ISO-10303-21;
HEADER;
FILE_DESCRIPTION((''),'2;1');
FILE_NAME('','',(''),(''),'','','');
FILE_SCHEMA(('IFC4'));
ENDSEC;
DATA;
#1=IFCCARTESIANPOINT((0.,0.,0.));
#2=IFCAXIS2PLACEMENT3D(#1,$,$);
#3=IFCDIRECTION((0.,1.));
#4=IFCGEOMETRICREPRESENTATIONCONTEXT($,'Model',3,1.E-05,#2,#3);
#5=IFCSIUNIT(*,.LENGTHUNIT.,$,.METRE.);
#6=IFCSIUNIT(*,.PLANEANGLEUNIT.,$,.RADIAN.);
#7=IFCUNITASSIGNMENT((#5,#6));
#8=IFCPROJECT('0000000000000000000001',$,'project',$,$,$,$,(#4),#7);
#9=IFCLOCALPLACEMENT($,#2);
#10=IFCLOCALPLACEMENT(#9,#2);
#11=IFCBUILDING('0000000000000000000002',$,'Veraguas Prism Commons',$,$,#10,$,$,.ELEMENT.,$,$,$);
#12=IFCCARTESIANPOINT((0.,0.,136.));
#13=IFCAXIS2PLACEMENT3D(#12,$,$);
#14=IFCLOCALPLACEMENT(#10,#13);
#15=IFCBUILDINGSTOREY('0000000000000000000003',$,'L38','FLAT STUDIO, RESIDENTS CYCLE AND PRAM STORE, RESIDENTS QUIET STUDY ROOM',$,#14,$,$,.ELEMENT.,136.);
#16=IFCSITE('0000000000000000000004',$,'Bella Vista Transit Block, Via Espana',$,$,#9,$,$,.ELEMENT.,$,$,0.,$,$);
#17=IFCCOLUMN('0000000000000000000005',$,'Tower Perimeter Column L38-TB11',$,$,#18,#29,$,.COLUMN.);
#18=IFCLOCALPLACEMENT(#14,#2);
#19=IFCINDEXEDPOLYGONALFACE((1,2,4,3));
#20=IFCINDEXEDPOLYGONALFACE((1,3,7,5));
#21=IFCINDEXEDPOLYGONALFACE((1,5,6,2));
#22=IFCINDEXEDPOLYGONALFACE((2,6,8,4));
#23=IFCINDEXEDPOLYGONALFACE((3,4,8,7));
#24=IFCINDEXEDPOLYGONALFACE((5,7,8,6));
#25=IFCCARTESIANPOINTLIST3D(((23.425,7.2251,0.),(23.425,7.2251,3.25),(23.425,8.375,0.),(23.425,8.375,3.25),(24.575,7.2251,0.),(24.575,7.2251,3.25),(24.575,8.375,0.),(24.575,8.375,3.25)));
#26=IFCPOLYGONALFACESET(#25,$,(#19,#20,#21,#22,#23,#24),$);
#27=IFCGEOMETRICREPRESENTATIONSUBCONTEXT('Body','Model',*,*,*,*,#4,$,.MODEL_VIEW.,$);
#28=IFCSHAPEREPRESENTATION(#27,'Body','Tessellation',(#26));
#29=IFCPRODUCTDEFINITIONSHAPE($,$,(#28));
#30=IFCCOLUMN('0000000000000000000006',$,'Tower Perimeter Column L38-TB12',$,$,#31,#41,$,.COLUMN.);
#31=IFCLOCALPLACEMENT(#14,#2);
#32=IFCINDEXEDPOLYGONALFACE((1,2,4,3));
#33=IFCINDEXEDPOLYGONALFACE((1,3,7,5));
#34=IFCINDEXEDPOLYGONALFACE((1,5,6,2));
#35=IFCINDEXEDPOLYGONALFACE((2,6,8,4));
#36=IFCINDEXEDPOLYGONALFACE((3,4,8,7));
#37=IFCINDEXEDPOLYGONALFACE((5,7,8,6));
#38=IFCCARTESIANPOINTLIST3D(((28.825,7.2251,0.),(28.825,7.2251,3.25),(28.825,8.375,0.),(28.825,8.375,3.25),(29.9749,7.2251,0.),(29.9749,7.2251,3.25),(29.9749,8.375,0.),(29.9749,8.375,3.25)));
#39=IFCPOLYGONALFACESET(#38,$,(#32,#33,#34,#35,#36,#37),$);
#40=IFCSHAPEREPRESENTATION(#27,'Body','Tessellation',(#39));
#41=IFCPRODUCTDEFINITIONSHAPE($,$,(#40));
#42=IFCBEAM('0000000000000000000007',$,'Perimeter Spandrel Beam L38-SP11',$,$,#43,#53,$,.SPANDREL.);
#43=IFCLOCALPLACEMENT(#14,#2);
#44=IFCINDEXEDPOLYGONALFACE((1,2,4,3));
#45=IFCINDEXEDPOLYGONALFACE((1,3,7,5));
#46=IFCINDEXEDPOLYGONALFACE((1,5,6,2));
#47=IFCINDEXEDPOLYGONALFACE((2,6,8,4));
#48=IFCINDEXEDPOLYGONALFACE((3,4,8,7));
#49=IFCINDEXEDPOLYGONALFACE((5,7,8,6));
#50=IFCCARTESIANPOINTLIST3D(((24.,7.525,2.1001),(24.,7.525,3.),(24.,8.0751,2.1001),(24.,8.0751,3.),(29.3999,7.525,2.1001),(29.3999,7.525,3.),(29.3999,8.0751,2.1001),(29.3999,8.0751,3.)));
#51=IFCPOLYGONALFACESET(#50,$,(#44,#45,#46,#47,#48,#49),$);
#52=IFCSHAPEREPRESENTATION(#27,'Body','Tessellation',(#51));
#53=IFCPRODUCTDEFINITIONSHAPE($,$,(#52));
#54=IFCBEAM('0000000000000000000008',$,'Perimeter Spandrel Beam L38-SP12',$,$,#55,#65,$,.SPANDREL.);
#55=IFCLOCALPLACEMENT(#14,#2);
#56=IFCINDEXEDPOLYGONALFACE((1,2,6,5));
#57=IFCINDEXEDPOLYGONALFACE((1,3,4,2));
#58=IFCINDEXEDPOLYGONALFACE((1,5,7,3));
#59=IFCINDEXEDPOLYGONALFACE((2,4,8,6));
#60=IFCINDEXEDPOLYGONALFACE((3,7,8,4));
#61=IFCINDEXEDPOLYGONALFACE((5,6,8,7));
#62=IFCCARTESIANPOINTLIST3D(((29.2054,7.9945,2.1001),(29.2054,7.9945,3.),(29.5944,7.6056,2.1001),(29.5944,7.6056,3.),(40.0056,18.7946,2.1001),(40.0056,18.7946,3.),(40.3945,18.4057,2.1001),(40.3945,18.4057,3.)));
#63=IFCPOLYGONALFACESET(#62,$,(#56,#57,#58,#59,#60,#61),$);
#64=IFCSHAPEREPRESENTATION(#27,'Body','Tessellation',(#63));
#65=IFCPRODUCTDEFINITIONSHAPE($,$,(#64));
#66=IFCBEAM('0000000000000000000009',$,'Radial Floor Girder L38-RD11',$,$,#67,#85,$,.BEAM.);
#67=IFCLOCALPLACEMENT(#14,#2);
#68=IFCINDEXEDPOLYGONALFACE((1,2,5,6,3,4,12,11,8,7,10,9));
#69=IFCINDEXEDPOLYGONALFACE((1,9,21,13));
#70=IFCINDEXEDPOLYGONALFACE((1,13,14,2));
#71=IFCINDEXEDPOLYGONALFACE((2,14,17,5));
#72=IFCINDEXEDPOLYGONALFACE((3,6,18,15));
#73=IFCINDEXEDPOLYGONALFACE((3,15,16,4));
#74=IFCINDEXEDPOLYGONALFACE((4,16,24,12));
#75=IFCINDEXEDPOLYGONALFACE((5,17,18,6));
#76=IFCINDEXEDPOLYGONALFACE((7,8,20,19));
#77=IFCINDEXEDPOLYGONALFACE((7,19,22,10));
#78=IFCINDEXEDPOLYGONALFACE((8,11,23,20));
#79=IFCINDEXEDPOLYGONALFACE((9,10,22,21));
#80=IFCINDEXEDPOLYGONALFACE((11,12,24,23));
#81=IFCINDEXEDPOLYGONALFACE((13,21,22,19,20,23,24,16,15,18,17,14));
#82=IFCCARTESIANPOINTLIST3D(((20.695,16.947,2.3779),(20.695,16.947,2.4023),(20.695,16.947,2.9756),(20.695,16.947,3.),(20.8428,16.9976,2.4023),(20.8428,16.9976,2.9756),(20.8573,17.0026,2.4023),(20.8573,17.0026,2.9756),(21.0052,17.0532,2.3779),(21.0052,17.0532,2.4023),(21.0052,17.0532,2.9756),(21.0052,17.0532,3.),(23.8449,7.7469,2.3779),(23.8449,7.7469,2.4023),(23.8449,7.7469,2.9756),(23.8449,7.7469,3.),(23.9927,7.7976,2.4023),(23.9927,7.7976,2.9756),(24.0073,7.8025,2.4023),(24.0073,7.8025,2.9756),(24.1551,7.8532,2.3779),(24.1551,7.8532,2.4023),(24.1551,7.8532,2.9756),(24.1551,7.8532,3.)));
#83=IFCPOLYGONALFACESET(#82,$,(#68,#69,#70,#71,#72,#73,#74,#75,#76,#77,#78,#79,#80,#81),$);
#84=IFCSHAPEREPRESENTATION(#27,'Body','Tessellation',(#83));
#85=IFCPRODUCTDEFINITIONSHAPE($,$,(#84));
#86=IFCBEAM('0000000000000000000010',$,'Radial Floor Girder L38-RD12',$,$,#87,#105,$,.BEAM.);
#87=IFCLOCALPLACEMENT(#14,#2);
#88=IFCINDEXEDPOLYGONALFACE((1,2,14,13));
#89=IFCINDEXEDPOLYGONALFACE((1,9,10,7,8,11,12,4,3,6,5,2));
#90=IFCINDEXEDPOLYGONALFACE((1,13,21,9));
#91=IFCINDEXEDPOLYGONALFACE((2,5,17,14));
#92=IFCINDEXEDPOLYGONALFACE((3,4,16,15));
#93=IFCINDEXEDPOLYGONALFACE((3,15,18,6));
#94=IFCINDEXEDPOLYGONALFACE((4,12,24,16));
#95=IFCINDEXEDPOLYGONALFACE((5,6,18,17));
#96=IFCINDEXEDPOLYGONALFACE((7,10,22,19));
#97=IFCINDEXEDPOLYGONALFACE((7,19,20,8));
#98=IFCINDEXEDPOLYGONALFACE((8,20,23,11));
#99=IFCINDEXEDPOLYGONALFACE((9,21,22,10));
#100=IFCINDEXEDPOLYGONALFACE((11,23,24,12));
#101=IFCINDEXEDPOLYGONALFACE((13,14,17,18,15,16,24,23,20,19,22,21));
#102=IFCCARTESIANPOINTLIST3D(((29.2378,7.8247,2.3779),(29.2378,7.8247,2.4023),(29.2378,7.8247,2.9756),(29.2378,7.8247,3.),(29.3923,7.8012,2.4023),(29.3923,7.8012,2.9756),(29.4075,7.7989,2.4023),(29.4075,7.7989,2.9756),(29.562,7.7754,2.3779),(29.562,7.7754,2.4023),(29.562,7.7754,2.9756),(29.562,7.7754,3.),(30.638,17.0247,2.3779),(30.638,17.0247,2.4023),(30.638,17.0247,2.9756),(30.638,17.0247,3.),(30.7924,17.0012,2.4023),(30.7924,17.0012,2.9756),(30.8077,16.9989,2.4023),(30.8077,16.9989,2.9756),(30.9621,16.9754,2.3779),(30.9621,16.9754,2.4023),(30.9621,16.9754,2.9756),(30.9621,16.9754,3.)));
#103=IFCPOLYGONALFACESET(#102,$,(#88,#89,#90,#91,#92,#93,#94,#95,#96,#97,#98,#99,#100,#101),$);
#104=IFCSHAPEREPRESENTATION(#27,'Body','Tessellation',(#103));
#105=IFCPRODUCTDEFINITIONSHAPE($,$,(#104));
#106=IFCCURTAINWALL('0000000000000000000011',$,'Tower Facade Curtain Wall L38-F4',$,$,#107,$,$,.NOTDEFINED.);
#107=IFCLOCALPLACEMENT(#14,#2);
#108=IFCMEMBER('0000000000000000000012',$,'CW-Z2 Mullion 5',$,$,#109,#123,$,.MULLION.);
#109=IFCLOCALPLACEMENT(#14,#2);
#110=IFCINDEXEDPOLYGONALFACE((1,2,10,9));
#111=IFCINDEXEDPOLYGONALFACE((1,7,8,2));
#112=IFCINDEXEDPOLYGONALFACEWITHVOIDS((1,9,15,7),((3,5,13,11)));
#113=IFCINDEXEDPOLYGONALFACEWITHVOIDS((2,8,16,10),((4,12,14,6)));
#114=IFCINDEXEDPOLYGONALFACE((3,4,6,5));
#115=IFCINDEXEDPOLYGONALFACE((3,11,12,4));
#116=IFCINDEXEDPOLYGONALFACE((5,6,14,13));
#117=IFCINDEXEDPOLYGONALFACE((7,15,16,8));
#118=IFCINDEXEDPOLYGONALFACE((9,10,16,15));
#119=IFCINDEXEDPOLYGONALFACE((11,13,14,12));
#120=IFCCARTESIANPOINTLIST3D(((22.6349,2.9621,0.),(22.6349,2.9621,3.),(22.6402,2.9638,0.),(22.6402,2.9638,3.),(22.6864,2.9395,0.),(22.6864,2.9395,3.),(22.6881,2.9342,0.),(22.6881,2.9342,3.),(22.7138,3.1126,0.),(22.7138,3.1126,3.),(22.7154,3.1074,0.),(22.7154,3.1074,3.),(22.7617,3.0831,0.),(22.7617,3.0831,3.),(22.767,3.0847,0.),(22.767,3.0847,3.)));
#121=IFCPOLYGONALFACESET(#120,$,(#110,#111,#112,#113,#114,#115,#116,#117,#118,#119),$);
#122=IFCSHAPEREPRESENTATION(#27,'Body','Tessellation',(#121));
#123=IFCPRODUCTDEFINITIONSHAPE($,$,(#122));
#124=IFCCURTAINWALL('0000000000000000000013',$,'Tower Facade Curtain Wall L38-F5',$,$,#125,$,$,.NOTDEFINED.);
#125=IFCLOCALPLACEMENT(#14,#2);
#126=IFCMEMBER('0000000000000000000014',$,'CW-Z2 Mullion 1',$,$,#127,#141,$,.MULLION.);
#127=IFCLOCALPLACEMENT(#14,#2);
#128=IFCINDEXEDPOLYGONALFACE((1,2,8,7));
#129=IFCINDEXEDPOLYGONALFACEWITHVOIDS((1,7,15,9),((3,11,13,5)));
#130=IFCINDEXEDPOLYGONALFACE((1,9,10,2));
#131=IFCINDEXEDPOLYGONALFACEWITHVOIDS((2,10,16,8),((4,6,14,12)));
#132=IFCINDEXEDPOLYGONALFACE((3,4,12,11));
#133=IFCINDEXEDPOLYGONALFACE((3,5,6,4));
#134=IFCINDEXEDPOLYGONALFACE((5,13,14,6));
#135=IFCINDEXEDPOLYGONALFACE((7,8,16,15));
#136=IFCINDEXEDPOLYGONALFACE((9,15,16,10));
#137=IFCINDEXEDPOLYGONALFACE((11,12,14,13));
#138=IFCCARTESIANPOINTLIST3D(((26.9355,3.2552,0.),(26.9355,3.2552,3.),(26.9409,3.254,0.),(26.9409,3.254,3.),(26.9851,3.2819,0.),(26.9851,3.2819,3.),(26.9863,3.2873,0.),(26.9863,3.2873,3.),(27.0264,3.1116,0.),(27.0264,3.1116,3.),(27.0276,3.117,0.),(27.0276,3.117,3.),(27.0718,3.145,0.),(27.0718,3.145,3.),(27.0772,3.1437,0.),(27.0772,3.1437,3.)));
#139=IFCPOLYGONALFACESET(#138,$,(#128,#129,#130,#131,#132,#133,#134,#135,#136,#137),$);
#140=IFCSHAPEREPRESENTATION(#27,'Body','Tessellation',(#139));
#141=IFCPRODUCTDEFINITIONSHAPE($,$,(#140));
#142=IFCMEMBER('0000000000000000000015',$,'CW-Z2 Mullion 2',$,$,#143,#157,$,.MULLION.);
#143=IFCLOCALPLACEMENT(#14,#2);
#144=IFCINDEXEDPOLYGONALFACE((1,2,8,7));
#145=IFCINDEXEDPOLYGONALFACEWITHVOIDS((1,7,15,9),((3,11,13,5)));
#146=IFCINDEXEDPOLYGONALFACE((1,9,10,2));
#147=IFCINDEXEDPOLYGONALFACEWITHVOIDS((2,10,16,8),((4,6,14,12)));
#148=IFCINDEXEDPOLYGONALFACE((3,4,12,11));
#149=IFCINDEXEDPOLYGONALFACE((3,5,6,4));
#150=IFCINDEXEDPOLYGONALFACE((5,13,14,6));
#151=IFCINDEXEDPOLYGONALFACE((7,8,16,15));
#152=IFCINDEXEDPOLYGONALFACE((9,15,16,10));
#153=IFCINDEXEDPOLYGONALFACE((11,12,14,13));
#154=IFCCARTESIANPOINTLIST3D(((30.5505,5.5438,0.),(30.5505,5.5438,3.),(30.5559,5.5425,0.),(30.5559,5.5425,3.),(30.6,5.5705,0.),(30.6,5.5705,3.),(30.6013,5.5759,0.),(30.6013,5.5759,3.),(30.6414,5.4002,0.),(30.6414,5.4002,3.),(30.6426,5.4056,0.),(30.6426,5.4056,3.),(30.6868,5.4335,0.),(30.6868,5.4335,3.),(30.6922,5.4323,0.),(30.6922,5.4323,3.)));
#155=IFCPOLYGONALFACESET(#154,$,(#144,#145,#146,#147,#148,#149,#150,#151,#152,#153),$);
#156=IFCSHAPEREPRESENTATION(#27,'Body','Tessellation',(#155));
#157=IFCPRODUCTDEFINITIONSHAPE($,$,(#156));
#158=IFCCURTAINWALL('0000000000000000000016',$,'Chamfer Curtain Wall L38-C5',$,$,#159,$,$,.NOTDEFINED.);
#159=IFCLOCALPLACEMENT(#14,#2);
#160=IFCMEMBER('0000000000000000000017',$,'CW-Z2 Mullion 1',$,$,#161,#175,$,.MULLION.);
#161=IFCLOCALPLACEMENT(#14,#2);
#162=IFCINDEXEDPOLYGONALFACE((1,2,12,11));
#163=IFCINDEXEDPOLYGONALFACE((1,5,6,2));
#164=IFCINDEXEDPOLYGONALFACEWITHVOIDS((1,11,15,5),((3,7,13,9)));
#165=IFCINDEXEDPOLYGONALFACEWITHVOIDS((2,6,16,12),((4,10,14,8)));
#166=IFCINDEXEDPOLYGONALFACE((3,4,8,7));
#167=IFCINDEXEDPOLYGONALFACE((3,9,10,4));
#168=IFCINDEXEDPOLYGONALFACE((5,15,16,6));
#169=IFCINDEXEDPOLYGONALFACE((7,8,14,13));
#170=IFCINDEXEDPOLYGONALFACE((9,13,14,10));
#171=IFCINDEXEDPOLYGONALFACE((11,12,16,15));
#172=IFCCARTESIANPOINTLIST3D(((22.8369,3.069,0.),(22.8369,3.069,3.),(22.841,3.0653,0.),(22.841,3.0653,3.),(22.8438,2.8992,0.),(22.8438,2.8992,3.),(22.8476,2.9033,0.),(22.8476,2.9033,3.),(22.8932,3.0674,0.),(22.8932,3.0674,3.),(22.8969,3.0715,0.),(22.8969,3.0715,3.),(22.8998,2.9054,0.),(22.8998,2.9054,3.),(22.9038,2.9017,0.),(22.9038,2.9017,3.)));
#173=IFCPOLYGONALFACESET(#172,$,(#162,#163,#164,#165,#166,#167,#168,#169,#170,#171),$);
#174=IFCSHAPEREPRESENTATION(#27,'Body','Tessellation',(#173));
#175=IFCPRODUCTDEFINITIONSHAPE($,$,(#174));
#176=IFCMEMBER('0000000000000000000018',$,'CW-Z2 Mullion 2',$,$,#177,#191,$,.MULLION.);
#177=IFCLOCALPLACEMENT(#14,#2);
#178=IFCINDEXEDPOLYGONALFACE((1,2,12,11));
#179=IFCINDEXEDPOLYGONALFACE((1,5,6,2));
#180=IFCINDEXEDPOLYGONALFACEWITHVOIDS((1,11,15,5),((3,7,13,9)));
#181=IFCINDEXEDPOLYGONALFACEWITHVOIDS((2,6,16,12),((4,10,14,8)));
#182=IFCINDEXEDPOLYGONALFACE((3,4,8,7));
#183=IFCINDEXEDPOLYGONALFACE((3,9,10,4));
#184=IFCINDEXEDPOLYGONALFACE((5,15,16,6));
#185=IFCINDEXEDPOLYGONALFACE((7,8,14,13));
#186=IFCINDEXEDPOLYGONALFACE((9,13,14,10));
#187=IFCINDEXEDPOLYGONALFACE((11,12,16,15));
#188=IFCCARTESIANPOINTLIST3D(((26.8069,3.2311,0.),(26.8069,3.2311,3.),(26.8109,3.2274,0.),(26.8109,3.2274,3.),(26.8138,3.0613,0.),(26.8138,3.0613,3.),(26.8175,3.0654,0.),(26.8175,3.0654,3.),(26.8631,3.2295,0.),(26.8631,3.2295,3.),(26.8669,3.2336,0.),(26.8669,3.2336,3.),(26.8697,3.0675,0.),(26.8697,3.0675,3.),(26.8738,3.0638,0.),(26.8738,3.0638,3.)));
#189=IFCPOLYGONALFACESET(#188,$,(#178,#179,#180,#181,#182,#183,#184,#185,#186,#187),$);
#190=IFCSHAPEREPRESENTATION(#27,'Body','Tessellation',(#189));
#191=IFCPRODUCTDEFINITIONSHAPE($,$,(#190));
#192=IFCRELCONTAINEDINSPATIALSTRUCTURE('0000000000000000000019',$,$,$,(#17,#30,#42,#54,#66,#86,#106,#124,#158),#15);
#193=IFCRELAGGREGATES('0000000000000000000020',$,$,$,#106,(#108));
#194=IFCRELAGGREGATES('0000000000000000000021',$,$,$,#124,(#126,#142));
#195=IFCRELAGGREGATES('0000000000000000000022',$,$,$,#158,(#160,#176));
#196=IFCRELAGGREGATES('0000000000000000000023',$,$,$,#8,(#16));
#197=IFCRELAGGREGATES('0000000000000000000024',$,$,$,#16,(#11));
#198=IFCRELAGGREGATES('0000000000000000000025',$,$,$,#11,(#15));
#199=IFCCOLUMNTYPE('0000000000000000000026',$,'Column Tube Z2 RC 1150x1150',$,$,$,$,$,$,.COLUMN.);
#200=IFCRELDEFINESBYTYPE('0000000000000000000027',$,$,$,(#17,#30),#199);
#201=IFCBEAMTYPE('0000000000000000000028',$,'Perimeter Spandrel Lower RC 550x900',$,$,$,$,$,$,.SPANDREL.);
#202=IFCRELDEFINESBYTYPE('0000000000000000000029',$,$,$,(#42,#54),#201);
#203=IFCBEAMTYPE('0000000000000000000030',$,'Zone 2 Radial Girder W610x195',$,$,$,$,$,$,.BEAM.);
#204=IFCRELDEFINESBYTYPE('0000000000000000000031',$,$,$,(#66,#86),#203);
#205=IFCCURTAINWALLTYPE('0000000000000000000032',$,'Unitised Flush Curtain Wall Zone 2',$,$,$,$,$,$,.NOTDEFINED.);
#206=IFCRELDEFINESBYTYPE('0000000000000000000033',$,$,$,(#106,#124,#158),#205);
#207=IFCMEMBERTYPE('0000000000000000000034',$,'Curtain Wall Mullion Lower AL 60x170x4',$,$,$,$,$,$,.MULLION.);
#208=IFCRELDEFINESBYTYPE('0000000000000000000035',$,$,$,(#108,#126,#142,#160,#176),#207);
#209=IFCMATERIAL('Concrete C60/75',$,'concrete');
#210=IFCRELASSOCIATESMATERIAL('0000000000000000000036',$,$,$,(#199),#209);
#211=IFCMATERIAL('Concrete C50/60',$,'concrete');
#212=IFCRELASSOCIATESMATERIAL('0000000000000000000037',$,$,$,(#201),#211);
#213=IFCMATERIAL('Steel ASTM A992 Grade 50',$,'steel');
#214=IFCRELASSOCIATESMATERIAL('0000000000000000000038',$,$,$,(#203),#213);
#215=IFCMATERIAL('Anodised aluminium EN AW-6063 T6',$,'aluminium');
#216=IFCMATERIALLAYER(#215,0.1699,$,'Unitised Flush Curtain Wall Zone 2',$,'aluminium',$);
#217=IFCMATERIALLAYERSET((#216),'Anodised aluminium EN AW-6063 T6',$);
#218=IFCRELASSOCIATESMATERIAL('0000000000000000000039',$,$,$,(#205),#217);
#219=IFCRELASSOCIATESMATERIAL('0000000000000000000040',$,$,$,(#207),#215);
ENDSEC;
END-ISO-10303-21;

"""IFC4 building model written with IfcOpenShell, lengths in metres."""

from ifc_helpers import new_model, si_unit, direction, frame, origin, origin_2d, place, context, subcontext, project, spatial, rectangle, hollow_rectangle, i_section, extrude, source, transform, mapped, material, layer, layer_set, material_profile, profile_set, type_object, element, aggregate, save


model = new_model("IFC4")

# Units and contexts
model_context = context("Model", 3, precision=1e-05, world=origin(), true_north=direction((0.0, 1.0)))
body_context = subcontext(model_context, "Body", "Model", "MODEL_VIEW")
ifc_project = project(units=[si_unit("LENGTHUNIT", "METRE"), si_unit("PLANEANGLEUNIT", "RADIAN")], contexts=[model_context])

# Site, building, storey
site_placement = place(None, origin())
site = spatial("IfcSite", under=ifc_project, at=site_placement, Name="Bella Vista Transit Block, Via Espana", CompositionType="ELEMENT", RefElevation=0.0)
building_placement = place(site_placement, origin())
building = spatial("IfcBuilding", under=site, at=building_placement, Name="Veraguas Prism Commons", CompositionType="ELEMENT")
storey_placement = place(building_placement, frame((0.0, 0.0, 136.0)))
storey = spatial("IfcBuildingStorey", under=building, at=storey_placement, Name="L38", Description="FLAT STUDIO, RESIDENTS CYCLE AND PRAM STORE, RESIDENTS QUIET STUDY ROOM", CompositionType="ELEMENT", Elevation=136.0)

# Columns
ifc_material_1 = material(Name="Concrete C60/75", Category="concrete")
ifc_material_profile_1 = material_profile(ifc_material_1, rectangle(XDim=1.1499, YDim=1.1499, at=origin_2d()), Name="RC1150X1150")
ifc_profile_set_1 = profile_set([ifc_material_profile_1], Name="Concrete C60/75")
column_type = type_object("IfcColumnType", Name="Column Tube Z2 RC 1150x1150", PredefinedType="COLUMN", material=ifc_profile_set_1)
for number, where, z_axis, x_axis, name in (
    (1, (24.0, 7.8, 0.0), (0.0, 0.0, 1.0), (1.0, 0.0, 0.0), "Tower Perimeter Column L38-TB11"),
    (2, (29.3999, 7.8, 0.0), (0.0, 0.0, 1.0), (1.0, 0.0, 0.0), "Tower Perimeter Column L38-TB12"),
):
    element("IfcColumn", number, at=place(storey_placement, frame(where, z_axis=z_axis, x_axis=x_axis)), inside=storey, type_object=column_type, Name=name, PredefinedType="COLUMN", context=body_context, shape_type="SweptSolid", body=[
        extrude(rectangle(XDim=1.1499, YDim=1.1499, at=origin_2d()), origin(), (0.0, 0.0, 1.0), 3.25),
    ])

# Beams
ifc_material_2 = material(Name="Concrete C50/60", Category="concrete")
ifc_material_profile_2 = material_profile(ifc_material_2, rectangle(XDim=0.55, YDim=0.8999, at=origin_2d()), Name="RC550X900")
ifc_profile_set_2 = profile_set([ifc_material_profile_2], Name="Concrete C50/60")
beam_type_1 = type_object("IfcBeamType", Name="Perimeter Spandrel Lower RC 550x900", PredefinedType="SPANDREL", material=ifc_profile_set_2)
beam_1_placement = place(storey_placement, frame((24.0, 7.8, 2.55), z_axis=(1.0, 0.0, 0.0), x_axis=(0.0, 1.0, 0.0)))
element("IfcBeam", 3, at=beam_1_placement, inside=storey, type_object=beam_type_1, Name="Perimeter Spandrel Beam L38-SP11", PredefinedType="SPANDREL", context=body_context, shape_type="SweptSolid", body=[
    extrude(rectangle(XDim=0.55, YDim=0.8999, at=origin_2d()), origin(), (0.0, 0.0, 1.0), 5.3999),
])
beam_2_placement = place(storey_placement, frame((29.3999, 7.8, 2.55), z_axis=(0.707107, 0.707107, 0.0), x_axis=(-0.707107, 0.707107, 0.0)))
element("IfcBeam", 4, at=beam_2_placement, inside=storey, type_object=beam_type_1, Name="Perimeter Spandrel Beam L38-SP12", PredefinedType="SPANDREL", context=body_context, shape_type="SweptSolid", body=[
    extrude(rectangle(XDim=0.55, YDim=0.8999, at=origin_2d()), origin(), (0.0, 0.0, 1.0), 15.2737),
])
ifc_material_3 = material(Name="Steel ASTM A992 Grade 50", Category="steel")
ifc_material_profile_3 = material_profile(ifc_material_3, i_section(OverallWidth=0.3279, OverallDepth=0.6221, WebThickness=0.0154, FlangeThickness=0.0244, at=origin_2d()), Name="W610X195")
ifc_profile_set_3 = profile_set([ifc_material_profile_3], Name="Steel ASTM A992 Grade 50")
beam_type_2 = type_object("IfcBeamType", Name="Zone 2 Radial Girder W610x195", PredefinedType="BEAM", material=ifc_profile_set_3)
beam_3_placement = place(storey_placement, frame((24.0, 7.8, 2.689), z_axis=(-0.323922, 0.946084, 0.0), x_axis=(-0.946084, -0.323922, 0.0)))
element("IfcBeam", 5, at=beam_3_placement, inside=storey, type_object=beam_type_2, Name="Radial Floor Girder L38-RD11", PredefinedType="BEAM", context=body_context, shape_type="SweptSolid", body=[
    extrude(i_section(OverallWidth=0.3279, OverallDepth=0.6221, WebThickness=0.0154, FlangeThickness=0.0244, at=origin_2d()), origin(), (0.0, 0.0, 1.0), 9.7244),
])
beam_4_placement = place(storey_placement, frame((29.3999, 7.8, 2.689), z_axis=(0.150458, 0.988616, 0.0), x_axis=(-0.988616, 0.150458, 0.0)))
element("IfcBeam", 6, at=beam_4_placement, inside=storey, type_object=beam_type_2, Name="Radial Floor Girder L38-RD12", PredefinedType="BEAM", context=body_context, shape_type="SweptSolid", body=[
    extrude(i_section(OverallWidth=0.3279, OverallDepth=0.6221, WebThickness=0.0154, FlangeThickness=0.0244, at=origin_2d()), origin(), (0.0, 0.0, 1.0), 9.3059),
])

# Curtain wall, member
ifc_material_4 = material(Name="Anodised aluminium EN AW-6063 T6", Category="aluminium")
ifc_layer_1 = layer(ifc_material_4, 0.1699, Name="Unitised Flush Curtain Wall Zone 2", Category="aluminium")
ifc_layer_set_1 = layer_set([ifc_layer_1], Name="Anodised aluminium EN AW-6063 T6")
curtain_wall_type = type_object("IfcCurtainWallType", Name="Unitised Flush Curtain Wall Zone 2", PredefinedType="NOTDEFINED", material=ifc_layer_set_1)
curtain_wall_1_placement = place(storey_placement, origin())
curtain_wall_1 = element("IfcCurtainWall", 7, at=curtain_wall_1_placement, inside=storey, type_object=curtain_wall_type, Name="Tower Facade Curtain Wall L38-F4", PredefinedType="NOTDEFINED")
ifc_material_profile_4 = material_profile(ifc_material_4, hollow_rectangle(XDim=0.0601, YDim=0.1699, WallThickness=0.0039, at=origin_2d()), Name="AL60X170X4")
ifc_profile_set_4 = profile_set([ifc_material_profile_4], Name="Anodised aluminium EN AW-6063 T6")
member_type_1 = type_object("IfcMemberType", Name="Curtain Wall Mullion Lower AL 60x170x4", PredefinedType="MULLION", material=ifc_profile_set_4)
shared_shape_1 = source(origin(), body_context, "Body", "SweptSolid", [
    extrude(hollow_rectangle(XDim=0.0601, YDim=0.1699, WallThickness=0.0039, at=origin_2d()), origin(), (0.0, 0.0, 1.0), 3.0),
])
member_1_placement = place(storey_placement, frame((22.7009, 3.0234, 0.0), z_axis=(0.0, 0.0, 1.0), x_axis=(0.885722, -0.464216, 0.0)))
member_1 = element("IfcMember", 8, at=member_1_placement, type_object=member_type_1, Name="CW-Z2 Mullion 5", PredefinedType="MULLION", context=body_context, shape_type="MappedRepresentation", body=[
    mapped(shared_shape_1, transform((0.0, 0.0, 0.0), scale=1.0)),
])
aggregate(curtain_wall_1, [member_1])

# Curtain walls, members
curtain_wall_2_placement = place(storey_placement, origin())
curtain_wall_2 = element("IfcCurtainWall", 9, at=curtain_wall_2_placement, inside=storey, type_object=curtain_wall_type, Name="Tower Facade Curtain Wall L38-F5", PredefinedType="NOTDEFINED")
member_2_placement = place(storey_placement, frame((27.0063, 3.1995, 0.0), z_axis=(0.0, 0.0, 1.0), x_axis=(0.844888, 0.534944, 0.0)))
member_2 = element("IfcMember", 10, at=member_2_placement, type_object=member_type_1, Name="CW-Z2 Mullion 1", PredefinedType="MULLION", context=body_context, shape_type="MappedRepresentation", body=[
    mapped(shared_shape_1, transform((0.0, 0.0, 0.0), scale=1.0)),
])
member_3_placement = place(storey_placement, frame((30.6213, 5.488, 0.0), z_axis=(0.0, 0.0, 1.0), x_axis=(0.844888, 0.534944, 0.0)))
member_3 = element("IfcMember", 11, at=member_3_placement, type_object=member_type_1, Name="CW-Z2 Mullion 2", PredefinedType="MULLION", context=body_context, shape_type="MappedRepresentation", body=[
    mapped(shared_shape_1, transform((0.0, 0.0, 0.0), scale=1.0)),
])
curtain_wall_3_placement = place(storey_placement, origin())
curtain_wall_3 = element("IfcCurtainWall", 12, at=curtain_wall_3_placement, inside=storey, type_object=curtain_wall_type, Name="Chamfer Curtain Wall L38-C5", PredefinedType="NOTDEFINED")
member_4_placement = place(storey_placement, frame((22.8704, 2.9854, 0.0), z_axis=(0.0, 0.0, 1.0), x_axis=(0.999167, 0.04081, 0.0)))
member_4 = element("IfcMember", 13, at=member_4_placement, type_object=member_type_1, Name="CW-Z2 Mullion 1", PredefinedType="MULLION", context=body_context, shape_type="MappedRepresentation", body=[
    mapped(shared_shape_1, transform((0.0, 0.0, 0.0), scale=1.0)),
])
member_5_placement = place(storey_placement, frame((26.8403, 3.1475, 0.0), z_axis=(0.0, 0.0, 1.0), x_axis=(0.999167, 0.04081, 0.0)))
member_5 = element("IfcMember", 14, at=member_5_placement, type_object=member_type_1, Name="CW-Z2 Mullion 2", PredefinedType="MULLION", context=body_context, shape_type="MappedRepresentation", body=[
    mapped(shared_shape_1, transform((0.0, 0.0, 0.0), scale=1.0)),
])

aggregate(curtain_wall_2, [member_2, member_3])
aggregate(curtain_wall_3, [member_4, member_5])

save(model, "model.ifc")
